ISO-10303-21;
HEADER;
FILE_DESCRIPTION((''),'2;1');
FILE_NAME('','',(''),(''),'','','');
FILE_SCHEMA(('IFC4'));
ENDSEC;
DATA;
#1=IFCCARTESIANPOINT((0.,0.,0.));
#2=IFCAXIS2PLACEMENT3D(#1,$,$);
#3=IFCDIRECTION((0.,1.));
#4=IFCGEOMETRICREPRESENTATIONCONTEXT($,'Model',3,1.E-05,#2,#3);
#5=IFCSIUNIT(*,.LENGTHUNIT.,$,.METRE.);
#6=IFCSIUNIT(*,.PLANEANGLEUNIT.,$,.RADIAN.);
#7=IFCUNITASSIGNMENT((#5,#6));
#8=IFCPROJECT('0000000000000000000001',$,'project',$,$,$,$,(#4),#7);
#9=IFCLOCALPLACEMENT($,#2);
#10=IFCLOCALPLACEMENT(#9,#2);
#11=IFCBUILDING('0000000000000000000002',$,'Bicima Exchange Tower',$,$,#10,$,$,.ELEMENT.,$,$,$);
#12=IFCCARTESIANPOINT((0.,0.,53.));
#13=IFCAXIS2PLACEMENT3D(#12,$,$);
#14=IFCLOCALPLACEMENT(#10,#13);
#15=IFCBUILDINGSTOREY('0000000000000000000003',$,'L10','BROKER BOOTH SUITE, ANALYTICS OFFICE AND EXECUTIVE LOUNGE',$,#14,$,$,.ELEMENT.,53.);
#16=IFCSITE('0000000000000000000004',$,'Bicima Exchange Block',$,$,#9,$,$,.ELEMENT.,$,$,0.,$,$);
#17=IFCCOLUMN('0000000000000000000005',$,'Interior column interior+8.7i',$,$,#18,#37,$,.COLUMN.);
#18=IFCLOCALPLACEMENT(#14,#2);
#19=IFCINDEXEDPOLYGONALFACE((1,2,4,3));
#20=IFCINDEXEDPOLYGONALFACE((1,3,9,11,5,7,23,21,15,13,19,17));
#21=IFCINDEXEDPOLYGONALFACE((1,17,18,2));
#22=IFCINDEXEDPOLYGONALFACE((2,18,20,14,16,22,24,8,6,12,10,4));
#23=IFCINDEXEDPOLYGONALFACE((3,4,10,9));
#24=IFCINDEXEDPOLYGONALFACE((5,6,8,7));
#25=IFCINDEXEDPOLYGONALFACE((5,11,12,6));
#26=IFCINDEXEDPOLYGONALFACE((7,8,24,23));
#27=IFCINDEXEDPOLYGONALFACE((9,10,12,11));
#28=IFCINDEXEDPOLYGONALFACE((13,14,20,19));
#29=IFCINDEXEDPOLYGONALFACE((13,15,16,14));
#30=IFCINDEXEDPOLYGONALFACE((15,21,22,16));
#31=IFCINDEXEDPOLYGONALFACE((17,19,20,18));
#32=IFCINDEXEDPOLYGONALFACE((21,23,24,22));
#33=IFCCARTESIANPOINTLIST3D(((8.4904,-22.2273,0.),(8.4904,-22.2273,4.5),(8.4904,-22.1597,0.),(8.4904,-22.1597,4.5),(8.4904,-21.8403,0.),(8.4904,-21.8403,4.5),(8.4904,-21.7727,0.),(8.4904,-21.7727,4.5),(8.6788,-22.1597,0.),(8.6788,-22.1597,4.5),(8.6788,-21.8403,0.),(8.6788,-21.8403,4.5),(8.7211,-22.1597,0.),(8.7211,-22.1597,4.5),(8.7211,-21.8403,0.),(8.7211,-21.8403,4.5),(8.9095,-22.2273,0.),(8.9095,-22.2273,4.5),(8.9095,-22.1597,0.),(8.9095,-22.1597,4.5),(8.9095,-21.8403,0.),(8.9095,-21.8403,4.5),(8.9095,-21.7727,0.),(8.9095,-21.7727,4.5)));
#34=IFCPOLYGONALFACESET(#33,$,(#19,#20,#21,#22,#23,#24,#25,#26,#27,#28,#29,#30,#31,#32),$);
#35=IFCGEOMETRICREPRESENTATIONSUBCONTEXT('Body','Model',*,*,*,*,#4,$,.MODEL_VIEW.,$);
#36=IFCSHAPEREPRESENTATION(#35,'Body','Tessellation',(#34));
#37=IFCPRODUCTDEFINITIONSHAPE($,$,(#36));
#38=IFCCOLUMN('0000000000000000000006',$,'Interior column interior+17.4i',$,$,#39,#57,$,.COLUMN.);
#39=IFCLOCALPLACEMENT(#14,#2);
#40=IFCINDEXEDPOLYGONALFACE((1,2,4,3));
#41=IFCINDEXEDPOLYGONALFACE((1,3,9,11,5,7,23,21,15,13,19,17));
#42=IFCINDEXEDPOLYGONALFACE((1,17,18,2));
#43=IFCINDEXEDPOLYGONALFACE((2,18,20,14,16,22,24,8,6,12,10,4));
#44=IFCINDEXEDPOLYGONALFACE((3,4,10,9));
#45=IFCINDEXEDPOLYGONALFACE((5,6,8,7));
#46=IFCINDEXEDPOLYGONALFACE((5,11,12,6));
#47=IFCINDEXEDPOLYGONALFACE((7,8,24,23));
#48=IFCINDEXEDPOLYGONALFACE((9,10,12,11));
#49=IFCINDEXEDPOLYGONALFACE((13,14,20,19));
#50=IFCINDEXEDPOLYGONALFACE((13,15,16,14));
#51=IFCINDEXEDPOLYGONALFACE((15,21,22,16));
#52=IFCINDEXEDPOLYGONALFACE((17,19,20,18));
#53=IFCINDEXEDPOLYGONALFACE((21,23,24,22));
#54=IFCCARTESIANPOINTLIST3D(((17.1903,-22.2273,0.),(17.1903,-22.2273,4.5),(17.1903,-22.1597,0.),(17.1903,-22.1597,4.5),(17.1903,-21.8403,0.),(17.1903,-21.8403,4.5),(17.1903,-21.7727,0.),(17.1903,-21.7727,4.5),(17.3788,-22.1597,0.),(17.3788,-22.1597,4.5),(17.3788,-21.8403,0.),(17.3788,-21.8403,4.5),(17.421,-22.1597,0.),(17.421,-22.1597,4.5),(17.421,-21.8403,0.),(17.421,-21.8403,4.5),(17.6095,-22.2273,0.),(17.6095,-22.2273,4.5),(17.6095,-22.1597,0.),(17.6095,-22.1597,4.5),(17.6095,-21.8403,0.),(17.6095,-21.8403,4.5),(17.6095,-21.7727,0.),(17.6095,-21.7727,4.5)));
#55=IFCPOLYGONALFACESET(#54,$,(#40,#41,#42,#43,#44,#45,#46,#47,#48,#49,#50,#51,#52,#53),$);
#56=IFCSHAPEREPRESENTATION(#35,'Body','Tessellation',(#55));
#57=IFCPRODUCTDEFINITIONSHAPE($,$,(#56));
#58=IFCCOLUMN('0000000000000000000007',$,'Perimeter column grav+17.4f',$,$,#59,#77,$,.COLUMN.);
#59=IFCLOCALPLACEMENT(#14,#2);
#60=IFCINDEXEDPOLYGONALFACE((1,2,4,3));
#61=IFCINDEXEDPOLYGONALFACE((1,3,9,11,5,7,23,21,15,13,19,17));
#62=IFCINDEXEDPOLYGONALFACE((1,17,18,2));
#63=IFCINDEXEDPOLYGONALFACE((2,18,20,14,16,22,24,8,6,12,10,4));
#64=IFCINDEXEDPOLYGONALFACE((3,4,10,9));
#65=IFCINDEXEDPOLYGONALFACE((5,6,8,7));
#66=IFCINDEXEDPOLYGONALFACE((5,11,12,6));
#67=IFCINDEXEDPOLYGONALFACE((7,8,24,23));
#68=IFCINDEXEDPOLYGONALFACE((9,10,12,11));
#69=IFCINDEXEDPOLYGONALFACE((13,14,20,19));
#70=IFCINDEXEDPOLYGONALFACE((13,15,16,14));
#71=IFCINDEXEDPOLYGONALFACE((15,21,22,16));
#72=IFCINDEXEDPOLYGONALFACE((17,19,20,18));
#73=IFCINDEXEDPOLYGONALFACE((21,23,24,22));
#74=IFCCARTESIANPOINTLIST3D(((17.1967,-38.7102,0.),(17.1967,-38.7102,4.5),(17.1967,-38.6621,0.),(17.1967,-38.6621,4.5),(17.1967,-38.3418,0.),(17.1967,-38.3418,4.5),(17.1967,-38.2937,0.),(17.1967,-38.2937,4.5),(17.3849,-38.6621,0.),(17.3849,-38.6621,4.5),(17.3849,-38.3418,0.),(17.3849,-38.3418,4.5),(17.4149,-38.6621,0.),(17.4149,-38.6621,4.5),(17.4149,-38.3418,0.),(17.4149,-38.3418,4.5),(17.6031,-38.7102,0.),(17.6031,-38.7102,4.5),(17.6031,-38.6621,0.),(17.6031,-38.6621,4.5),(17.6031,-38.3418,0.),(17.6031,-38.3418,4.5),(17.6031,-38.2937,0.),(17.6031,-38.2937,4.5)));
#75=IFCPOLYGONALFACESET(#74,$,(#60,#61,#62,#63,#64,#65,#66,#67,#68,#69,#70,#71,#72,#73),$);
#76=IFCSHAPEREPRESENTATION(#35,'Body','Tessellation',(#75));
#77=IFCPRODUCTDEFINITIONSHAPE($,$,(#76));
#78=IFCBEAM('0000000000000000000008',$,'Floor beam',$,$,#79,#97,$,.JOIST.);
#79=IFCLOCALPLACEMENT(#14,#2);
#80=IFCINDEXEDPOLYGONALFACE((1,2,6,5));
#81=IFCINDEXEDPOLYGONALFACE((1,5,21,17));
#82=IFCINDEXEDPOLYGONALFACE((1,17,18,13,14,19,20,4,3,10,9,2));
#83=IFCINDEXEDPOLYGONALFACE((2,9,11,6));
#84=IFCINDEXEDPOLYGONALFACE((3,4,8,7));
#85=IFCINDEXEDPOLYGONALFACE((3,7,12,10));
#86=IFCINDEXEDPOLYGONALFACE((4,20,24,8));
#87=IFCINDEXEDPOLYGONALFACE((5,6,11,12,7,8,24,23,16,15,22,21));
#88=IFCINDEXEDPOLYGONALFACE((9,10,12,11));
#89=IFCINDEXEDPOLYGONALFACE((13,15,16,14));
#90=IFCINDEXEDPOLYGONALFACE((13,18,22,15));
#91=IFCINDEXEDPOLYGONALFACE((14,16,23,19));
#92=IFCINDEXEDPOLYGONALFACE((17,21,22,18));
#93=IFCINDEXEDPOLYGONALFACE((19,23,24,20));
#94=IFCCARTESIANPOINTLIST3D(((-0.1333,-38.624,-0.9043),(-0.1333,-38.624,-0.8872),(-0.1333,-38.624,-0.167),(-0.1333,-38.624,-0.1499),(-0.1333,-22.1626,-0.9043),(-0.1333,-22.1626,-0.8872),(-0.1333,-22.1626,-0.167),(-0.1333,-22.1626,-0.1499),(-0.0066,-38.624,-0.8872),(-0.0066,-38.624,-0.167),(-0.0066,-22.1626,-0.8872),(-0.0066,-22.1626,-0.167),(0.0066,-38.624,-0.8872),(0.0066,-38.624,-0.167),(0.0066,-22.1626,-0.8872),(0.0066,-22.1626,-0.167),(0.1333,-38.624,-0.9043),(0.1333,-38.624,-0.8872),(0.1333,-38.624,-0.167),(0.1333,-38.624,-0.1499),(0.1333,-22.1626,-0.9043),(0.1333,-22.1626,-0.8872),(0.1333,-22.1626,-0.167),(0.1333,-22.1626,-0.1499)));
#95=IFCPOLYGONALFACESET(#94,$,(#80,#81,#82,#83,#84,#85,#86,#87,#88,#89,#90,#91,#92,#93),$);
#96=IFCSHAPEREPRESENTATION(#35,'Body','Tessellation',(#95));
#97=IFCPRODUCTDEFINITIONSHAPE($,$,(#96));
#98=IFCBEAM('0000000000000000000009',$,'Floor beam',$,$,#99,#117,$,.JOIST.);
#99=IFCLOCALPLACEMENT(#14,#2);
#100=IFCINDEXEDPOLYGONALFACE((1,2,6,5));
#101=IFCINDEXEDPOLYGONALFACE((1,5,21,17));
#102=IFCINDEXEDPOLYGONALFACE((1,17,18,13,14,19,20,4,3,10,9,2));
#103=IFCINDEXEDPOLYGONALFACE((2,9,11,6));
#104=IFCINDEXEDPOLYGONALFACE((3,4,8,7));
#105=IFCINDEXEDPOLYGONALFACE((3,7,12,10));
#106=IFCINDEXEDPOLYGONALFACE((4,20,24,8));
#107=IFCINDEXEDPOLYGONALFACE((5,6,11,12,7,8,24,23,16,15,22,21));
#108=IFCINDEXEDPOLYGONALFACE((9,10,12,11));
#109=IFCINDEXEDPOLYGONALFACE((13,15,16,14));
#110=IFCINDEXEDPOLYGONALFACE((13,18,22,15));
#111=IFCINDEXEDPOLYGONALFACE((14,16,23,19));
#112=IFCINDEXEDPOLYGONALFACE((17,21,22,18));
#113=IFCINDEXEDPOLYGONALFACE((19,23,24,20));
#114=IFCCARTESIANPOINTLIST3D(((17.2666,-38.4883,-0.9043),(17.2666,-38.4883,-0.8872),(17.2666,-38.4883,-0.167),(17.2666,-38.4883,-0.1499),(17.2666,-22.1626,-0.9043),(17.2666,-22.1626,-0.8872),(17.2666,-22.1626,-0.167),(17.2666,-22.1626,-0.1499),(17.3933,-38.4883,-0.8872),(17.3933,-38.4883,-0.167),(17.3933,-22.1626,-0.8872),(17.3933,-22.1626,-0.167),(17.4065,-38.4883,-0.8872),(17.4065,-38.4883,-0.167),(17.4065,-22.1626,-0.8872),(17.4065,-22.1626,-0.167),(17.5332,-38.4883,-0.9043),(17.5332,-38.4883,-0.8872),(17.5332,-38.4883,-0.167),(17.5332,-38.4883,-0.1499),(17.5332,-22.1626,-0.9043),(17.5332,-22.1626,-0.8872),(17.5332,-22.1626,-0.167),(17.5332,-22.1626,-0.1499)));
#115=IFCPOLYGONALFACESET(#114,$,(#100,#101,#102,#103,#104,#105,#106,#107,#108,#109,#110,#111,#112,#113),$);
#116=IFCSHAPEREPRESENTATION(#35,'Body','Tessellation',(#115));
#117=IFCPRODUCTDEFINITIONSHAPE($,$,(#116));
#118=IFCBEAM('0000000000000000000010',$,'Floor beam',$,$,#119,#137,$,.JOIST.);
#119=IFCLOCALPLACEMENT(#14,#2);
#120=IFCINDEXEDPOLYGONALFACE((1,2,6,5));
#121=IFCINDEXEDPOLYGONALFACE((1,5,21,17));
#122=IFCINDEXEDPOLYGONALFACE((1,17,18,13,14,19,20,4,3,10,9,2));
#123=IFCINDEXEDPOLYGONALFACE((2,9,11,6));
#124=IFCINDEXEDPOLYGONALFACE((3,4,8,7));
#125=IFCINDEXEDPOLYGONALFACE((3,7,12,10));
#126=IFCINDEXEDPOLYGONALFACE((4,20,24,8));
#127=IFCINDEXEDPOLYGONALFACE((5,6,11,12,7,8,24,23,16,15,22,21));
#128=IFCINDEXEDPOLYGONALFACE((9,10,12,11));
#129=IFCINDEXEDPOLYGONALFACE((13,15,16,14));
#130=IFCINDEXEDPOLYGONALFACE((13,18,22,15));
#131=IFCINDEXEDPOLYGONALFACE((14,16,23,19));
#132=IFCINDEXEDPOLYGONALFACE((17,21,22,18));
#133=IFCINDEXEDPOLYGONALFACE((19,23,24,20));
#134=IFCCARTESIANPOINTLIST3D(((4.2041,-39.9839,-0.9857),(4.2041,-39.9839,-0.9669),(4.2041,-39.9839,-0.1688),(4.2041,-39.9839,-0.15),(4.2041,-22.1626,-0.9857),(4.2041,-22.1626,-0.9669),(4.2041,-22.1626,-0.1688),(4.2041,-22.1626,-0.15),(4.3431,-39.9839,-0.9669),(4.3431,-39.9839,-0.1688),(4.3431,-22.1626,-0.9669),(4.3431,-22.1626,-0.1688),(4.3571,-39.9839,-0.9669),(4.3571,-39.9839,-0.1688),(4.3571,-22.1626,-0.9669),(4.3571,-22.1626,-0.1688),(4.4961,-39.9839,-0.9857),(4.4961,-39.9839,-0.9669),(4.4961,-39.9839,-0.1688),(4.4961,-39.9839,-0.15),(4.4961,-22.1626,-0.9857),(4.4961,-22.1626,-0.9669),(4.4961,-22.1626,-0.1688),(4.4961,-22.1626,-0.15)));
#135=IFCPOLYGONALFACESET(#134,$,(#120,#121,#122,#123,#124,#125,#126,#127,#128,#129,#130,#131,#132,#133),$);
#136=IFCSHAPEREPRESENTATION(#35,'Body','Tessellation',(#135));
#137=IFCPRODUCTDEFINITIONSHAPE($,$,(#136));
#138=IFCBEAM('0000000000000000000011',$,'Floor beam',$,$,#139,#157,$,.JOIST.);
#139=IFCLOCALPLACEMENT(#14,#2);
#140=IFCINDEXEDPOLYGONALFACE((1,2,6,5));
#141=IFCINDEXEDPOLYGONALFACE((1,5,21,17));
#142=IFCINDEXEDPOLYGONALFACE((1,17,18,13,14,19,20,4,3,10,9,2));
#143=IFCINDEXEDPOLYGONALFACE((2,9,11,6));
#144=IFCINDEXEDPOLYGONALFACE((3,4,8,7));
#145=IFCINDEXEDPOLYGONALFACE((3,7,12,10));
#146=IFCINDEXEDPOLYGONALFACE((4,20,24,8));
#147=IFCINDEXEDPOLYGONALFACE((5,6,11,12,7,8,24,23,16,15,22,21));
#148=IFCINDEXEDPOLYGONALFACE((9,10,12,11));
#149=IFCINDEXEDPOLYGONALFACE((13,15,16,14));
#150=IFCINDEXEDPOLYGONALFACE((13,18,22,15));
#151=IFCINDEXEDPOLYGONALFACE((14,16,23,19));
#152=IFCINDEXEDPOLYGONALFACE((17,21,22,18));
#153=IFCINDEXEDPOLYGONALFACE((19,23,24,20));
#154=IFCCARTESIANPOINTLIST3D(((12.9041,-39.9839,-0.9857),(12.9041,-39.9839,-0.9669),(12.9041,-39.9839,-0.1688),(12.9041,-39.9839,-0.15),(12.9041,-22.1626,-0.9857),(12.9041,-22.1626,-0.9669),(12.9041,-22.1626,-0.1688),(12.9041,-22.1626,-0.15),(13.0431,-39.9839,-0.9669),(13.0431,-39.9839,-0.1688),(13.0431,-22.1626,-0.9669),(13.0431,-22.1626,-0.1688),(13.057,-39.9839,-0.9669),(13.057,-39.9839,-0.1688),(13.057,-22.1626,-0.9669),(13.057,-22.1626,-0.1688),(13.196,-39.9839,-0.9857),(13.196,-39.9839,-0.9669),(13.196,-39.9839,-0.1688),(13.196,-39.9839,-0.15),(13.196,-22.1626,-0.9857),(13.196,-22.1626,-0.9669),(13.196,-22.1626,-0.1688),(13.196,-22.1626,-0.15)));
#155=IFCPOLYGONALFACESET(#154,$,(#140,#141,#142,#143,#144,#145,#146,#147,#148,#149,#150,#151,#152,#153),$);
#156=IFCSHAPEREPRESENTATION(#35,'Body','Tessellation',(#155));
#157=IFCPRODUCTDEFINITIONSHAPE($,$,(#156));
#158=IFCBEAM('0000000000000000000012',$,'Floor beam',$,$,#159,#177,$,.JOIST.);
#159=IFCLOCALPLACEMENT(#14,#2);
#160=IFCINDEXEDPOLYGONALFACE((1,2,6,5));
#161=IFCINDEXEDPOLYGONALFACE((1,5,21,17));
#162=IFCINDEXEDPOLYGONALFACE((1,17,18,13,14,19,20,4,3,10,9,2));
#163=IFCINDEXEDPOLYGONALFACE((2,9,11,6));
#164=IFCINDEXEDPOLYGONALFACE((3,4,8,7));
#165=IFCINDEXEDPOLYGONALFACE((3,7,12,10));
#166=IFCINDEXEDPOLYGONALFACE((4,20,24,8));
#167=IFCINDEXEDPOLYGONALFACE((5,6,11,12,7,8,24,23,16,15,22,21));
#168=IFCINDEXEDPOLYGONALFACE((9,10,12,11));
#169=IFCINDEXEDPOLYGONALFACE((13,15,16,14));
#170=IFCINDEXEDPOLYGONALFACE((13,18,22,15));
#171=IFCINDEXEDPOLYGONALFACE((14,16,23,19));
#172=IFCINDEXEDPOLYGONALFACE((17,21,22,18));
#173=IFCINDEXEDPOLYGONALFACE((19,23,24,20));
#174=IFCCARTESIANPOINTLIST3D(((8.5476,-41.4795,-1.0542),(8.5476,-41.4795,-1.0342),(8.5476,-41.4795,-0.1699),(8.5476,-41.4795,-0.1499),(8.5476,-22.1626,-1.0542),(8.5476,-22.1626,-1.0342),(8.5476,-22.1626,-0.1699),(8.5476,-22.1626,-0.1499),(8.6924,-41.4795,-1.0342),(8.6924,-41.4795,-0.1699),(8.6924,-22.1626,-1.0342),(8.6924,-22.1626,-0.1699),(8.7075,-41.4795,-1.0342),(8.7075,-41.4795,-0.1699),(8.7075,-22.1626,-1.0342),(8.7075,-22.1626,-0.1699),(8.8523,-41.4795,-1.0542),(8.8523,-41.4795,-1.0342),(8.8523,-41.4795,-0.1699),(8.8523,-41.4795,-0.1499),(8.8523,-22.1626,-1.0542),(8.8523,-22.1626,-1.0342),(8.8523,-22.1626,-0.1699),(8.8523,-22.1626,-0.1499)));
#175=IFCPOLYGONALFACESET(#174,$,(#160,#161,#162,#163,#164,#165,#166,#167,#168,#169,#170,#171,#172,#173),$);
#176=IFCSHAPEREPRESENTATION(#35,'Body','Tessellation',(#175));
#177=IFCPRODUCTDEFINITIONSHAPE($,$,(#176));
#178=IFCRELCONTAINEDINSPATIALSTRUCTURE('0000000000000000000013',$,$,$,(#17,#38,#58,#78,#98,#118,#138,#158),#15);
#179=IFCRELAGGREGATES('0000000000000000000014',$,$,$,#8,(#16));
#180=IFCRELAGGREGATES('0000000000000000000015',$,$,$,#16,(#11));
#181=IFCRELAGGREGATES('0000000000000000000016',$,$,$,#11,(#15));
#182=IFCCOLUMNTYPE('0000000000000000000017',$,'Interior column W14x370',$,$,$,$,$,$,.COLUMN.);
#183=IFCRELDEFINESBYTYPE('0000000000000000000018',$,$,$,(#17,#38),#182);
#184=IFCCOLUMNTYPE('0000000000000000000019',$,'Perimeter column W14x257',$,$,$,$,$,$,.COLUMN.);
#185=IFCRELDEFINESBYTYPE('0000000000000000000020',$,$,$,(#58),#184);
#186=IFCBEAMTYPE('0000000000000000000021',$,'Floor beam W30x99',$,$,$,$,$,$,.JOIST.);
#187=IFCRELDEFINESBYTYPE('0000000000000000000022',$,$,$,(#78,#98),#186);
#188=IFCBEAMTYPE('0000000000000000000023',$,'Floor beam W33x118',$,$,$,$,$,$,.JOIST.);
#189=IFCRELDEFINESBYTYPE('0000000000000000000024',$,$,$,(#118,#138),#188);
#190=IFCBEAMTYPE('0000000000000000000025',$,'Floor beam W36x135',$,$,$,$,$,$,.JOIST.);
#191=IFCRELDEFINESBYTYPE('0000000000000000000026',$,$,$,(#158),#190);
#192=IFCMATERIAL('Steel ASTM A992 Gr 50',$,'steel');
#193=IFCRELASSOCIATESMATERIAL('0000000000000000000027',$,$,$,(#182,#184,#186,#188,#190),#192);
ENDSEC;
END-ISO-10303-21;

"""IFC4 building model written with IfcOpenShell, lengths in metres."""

from ifc_helpers import new_model, si_unit, direction, frame, origin, origin_2d, place, context, subcontext, project, spatial, i_section, extrude, material, material_profile, profile_set, type_object, element, save


model = new_model("IFC4")

# Units and contexts
model_context = context("Model", 3, precision=1e-05, world=origin(), true_north=direction((0.0, 1.0)))
body_context = subcontext(model_context, "Body", "Model", "MODEL_VIEW")
ifc_project = project(units=[si_unit("LENGTHUNIT", "METRE"), si_unit("PLANEANGLEUNIT", "RADIAN")], contexts=[model_context])

# Site, building, storey
site_placement = place(None, origin())
site = spatial("IfcSite", under=ifc_project, at=site_placement, Name="Bicima Exchange Block", CompositionType="ELEMENT", RefElevation=0.0)
building_placement = place(site_placement, origin())
building = spatial("IfcBuilding", under=site, at=building_placement, Name="Bicima Exchange Tower", CompositionType="ELEMENT")
storey_placement = place(building_placement, frame((0.0, 0.0, 53.0)))
storey = spatial("IfcBuildingStorey", under=building, at=storey_placement, Name="L10", Description="BROKER BOOTH SUITE, ANALYTICS OFFICE AND EXECUTIVE LOUNGE", CompositionType="ELEMENT", Elevation=53.0)

# Columns
ifc_material_1 = material(Name="Steel ASTM A992 Gr 50", Category="steel")
ifc_material_profile_1 = material_profile(ifc_material_1, i_section(OverallWidth=0.4192, OverallDepth=0.4546, WebThickness=0.0422, FlangeThickness=0.0676, at=origin_2d()))
ifc_profile_set_1 = profile_set([ifc_material_profile_1], Name="Steel ASTM A992 Gr 50")
column_type_1 = type_object("IfcColumnType", Name="Interior column W14x370", PredefinedType="COLUMN", material=ifc_profile_set_1)
for number, where, z_axis, x_axis, name in (
    (1, (8.7, -22.0, 0.0), (0.0, 0.0, 1.0), (1.0, 0.0, 0.0), "Interior column interior+8.7i"),
    (2, (17.3999, -22.0, 0.0), (0.0, 0.0, 1.0), (1.0, 0.0, 0.0), "Interior column interior+17.4i"),
):
    element("IfcColumn", number, at=place(storey_placement, frame(where, z_axis=z_axis, x_axis=x_axis)), inside=storey, type_object=column_type_1, Name=name, PredefinedType="COLUMN", context=body_context, shape_type="SweptSolid", body=[
        extrude(i_section(OverallWidth=0.4192, OverallDepth=0.4546, WebThickness=0.0422, FlangeThickness=0.0676, at=origin_2d()), origin(), (0.0, 0.0, 1.0), 4.5),
    ])
ifc_material_profile_2 = material_profile(ifc_material_1, i_section(OverallWidth=0.4065, OverallDepth=0.4165, WebThickness=0.03, FlangeThickness=0.0481, at=origin_2d()))
ifc_profile_set_2 = profile_set([ifc_material_profile_2], Name="Steel ASTM A992 Gr 50")
column_type_2 = type_object("IfcColumnType", Name="Perimeter column W14x257", PredefinedType="COLUMN", material=ifc_profile_set_2)
column_placement = place(storey_placement, frame((17.3999, -38.502, 0.0), z_axis=(0.0, 0.0, 1.0), x_axis=(1.0, 0.0, 0.0)))
element("IfcColumn", 3, at=column_placement, inside=storey, type_object=column_type_2, Name="Perimeter column grav+17.4f", PredefinedType="COLUMN", context=body_context, shape_type="SweptSolid", body=[
    extrude(i_section(OverallWidth=0.4065, OverallDepth=0.4165, WebThickness=0.03, FlangeThickness=0.0481, at=origin_2d()), origin(), (0.0, 0.0, 1.0), 4.5),
])

# Beams
ifc_material_profile_3 = material_profile(ifc_material_1, i_section(OverallWidth=0.2666, OverallDepth=0.7544, WebThickness=0.0132, FlangeThickness=0.0171, at=origin_2d()))
ifc_profile_set_3 = profile_set([ifc_material_profile_3], Name="Steel ASTM A992 Gr 50")
beam_type_1 = type_object("IfcBeamType", Name="Floor beam W30x99", PredefinedType="JOIST", material=ifc_profile_set_3)
beam_1_placement = place(storey_placement, frame((0.0, -22.1626, -0.5271), z_axis=(0.0, -1.0, 0.0), x_axis=(1.0, 0.0, 0.0)))
element("IfcBeam", 4, at=beam_1_placement, inside=storey, type_object=beam_type_1, Name="Floor beam", PredefinedType="JOIST", context=body_context, shape_type="SweptSolid", body=[
    extrude(i_section(OverallWidth=0.2666, OverallDepth=0.7544, WebThickness=0.0132, FlangeThickness=0.0171, at=origin_2d()), origin(), (0.0, 0.0, 1.0), 16.4614),
])
beam_2_placement = place(storey_placement, frame((17.3999, -22.1626, -0.5271), z_axis=(0.0, -1.0, 0.0), x_axis=(1.0, 0.0, 0.0)))
element("IfcBeam", 5, at=beam_2_placement, inside=storey, type_object=beam_type_1, Name="Floor beam", PredefinedType="JOIST", context=body_context, shape_type="SweptSolid", body=[
    extrude(i_section(OverallWidth=0.2666, OverallDepth=0.7544, WebThickness=0.0132, FlangeThickness=0.0171, at=origin_2d()), origin(), (0.0, 0.0, 1.0), 16.3257),
])
ifc_material_profile_4 = material_profile(ifc_material_1, i_section(OverallWidth=0.292, OverallDepth=0.8357, WebThickness=0.0139, FlangeThickness=0.0188, at=origin_2d()))
ifc_profile_set_4 = profile_set([ifc_material_profile_4], Name="Steel ASTM A992 Gr 50")
beam_type_2 = type_object("IfcBeamType", Name="Floor beam W33x118", PredefinedType="JOIST", material=ifc_profile_set_4)
for number, where, z_axis, x_axis, name in (
    (6, (4.3501, -22.1626, -0.5679), (0.0, -1.0, 0.0), (1.0, 0.0, 0.0), "Floor beam"),
    (7, (13.05, -22.1626, -0.5679), (0.0, -1.0, 0.0), (1.0, 0.0, 0.0), "Floor beam"),
):
    element("IfcBeam", number, at=place(storey_placement, frame(where, z_axis=z_axis, x_axis=x_axis)), inside=storey, type_object=beam_type_2, Name=name, PredefinedType="JOIST", context=body_context, shape_type="SweptSolid", body=[
        extrude(i_section(OverallWidth=0.292, OverallDepth=0.8357, WebThickness=0.0139, FlangeThickness=0.0188, at=origin_2d()), origin(), (0.0, 0.0, 1.0), 17.8213),
    ])
ifc_material_profile_5 = material_profile(ifc_material_1, i_section(OverallWidth=0.3047, OverallDepth=0.9043, WebThickness=0.0151, FlangeThickness=0.02, at=origin_2d()))
ifc_profile_set_5 = profile_set([ifc_material_profile_5], Name="Steel ASTM A992 Gr 50")
beam_type_3 = type_object("IfcBeamType", Name="Floor beam W36x135", PredefinedType="JOIST", material=ifc_profile_set_5)
beam_3_placement = place(storey_placement, frame((8.7, -22.1626, -0.6021), z_axis=(0.0, -1.0, 0.0), x_axis=(1.0, 0.0, 0.0)))
element("IfcBeam", 8, at=beam_3_placement, inside=storey, type_object=beam_type_3, Name="Floor beam", PredefinedType="JOIST", context=body_context, shape_type="SweptSolid", body=[
    extrude(i_section(OverallWidth=0.3047, OverallDepth=0.9043, WebThickness=0.0151, FlangeThickness=0.02, at=origin_2d()), origin(), (0.0, 0.0, 1.0), 19.3169),
])

save(model, "model.ifc")
